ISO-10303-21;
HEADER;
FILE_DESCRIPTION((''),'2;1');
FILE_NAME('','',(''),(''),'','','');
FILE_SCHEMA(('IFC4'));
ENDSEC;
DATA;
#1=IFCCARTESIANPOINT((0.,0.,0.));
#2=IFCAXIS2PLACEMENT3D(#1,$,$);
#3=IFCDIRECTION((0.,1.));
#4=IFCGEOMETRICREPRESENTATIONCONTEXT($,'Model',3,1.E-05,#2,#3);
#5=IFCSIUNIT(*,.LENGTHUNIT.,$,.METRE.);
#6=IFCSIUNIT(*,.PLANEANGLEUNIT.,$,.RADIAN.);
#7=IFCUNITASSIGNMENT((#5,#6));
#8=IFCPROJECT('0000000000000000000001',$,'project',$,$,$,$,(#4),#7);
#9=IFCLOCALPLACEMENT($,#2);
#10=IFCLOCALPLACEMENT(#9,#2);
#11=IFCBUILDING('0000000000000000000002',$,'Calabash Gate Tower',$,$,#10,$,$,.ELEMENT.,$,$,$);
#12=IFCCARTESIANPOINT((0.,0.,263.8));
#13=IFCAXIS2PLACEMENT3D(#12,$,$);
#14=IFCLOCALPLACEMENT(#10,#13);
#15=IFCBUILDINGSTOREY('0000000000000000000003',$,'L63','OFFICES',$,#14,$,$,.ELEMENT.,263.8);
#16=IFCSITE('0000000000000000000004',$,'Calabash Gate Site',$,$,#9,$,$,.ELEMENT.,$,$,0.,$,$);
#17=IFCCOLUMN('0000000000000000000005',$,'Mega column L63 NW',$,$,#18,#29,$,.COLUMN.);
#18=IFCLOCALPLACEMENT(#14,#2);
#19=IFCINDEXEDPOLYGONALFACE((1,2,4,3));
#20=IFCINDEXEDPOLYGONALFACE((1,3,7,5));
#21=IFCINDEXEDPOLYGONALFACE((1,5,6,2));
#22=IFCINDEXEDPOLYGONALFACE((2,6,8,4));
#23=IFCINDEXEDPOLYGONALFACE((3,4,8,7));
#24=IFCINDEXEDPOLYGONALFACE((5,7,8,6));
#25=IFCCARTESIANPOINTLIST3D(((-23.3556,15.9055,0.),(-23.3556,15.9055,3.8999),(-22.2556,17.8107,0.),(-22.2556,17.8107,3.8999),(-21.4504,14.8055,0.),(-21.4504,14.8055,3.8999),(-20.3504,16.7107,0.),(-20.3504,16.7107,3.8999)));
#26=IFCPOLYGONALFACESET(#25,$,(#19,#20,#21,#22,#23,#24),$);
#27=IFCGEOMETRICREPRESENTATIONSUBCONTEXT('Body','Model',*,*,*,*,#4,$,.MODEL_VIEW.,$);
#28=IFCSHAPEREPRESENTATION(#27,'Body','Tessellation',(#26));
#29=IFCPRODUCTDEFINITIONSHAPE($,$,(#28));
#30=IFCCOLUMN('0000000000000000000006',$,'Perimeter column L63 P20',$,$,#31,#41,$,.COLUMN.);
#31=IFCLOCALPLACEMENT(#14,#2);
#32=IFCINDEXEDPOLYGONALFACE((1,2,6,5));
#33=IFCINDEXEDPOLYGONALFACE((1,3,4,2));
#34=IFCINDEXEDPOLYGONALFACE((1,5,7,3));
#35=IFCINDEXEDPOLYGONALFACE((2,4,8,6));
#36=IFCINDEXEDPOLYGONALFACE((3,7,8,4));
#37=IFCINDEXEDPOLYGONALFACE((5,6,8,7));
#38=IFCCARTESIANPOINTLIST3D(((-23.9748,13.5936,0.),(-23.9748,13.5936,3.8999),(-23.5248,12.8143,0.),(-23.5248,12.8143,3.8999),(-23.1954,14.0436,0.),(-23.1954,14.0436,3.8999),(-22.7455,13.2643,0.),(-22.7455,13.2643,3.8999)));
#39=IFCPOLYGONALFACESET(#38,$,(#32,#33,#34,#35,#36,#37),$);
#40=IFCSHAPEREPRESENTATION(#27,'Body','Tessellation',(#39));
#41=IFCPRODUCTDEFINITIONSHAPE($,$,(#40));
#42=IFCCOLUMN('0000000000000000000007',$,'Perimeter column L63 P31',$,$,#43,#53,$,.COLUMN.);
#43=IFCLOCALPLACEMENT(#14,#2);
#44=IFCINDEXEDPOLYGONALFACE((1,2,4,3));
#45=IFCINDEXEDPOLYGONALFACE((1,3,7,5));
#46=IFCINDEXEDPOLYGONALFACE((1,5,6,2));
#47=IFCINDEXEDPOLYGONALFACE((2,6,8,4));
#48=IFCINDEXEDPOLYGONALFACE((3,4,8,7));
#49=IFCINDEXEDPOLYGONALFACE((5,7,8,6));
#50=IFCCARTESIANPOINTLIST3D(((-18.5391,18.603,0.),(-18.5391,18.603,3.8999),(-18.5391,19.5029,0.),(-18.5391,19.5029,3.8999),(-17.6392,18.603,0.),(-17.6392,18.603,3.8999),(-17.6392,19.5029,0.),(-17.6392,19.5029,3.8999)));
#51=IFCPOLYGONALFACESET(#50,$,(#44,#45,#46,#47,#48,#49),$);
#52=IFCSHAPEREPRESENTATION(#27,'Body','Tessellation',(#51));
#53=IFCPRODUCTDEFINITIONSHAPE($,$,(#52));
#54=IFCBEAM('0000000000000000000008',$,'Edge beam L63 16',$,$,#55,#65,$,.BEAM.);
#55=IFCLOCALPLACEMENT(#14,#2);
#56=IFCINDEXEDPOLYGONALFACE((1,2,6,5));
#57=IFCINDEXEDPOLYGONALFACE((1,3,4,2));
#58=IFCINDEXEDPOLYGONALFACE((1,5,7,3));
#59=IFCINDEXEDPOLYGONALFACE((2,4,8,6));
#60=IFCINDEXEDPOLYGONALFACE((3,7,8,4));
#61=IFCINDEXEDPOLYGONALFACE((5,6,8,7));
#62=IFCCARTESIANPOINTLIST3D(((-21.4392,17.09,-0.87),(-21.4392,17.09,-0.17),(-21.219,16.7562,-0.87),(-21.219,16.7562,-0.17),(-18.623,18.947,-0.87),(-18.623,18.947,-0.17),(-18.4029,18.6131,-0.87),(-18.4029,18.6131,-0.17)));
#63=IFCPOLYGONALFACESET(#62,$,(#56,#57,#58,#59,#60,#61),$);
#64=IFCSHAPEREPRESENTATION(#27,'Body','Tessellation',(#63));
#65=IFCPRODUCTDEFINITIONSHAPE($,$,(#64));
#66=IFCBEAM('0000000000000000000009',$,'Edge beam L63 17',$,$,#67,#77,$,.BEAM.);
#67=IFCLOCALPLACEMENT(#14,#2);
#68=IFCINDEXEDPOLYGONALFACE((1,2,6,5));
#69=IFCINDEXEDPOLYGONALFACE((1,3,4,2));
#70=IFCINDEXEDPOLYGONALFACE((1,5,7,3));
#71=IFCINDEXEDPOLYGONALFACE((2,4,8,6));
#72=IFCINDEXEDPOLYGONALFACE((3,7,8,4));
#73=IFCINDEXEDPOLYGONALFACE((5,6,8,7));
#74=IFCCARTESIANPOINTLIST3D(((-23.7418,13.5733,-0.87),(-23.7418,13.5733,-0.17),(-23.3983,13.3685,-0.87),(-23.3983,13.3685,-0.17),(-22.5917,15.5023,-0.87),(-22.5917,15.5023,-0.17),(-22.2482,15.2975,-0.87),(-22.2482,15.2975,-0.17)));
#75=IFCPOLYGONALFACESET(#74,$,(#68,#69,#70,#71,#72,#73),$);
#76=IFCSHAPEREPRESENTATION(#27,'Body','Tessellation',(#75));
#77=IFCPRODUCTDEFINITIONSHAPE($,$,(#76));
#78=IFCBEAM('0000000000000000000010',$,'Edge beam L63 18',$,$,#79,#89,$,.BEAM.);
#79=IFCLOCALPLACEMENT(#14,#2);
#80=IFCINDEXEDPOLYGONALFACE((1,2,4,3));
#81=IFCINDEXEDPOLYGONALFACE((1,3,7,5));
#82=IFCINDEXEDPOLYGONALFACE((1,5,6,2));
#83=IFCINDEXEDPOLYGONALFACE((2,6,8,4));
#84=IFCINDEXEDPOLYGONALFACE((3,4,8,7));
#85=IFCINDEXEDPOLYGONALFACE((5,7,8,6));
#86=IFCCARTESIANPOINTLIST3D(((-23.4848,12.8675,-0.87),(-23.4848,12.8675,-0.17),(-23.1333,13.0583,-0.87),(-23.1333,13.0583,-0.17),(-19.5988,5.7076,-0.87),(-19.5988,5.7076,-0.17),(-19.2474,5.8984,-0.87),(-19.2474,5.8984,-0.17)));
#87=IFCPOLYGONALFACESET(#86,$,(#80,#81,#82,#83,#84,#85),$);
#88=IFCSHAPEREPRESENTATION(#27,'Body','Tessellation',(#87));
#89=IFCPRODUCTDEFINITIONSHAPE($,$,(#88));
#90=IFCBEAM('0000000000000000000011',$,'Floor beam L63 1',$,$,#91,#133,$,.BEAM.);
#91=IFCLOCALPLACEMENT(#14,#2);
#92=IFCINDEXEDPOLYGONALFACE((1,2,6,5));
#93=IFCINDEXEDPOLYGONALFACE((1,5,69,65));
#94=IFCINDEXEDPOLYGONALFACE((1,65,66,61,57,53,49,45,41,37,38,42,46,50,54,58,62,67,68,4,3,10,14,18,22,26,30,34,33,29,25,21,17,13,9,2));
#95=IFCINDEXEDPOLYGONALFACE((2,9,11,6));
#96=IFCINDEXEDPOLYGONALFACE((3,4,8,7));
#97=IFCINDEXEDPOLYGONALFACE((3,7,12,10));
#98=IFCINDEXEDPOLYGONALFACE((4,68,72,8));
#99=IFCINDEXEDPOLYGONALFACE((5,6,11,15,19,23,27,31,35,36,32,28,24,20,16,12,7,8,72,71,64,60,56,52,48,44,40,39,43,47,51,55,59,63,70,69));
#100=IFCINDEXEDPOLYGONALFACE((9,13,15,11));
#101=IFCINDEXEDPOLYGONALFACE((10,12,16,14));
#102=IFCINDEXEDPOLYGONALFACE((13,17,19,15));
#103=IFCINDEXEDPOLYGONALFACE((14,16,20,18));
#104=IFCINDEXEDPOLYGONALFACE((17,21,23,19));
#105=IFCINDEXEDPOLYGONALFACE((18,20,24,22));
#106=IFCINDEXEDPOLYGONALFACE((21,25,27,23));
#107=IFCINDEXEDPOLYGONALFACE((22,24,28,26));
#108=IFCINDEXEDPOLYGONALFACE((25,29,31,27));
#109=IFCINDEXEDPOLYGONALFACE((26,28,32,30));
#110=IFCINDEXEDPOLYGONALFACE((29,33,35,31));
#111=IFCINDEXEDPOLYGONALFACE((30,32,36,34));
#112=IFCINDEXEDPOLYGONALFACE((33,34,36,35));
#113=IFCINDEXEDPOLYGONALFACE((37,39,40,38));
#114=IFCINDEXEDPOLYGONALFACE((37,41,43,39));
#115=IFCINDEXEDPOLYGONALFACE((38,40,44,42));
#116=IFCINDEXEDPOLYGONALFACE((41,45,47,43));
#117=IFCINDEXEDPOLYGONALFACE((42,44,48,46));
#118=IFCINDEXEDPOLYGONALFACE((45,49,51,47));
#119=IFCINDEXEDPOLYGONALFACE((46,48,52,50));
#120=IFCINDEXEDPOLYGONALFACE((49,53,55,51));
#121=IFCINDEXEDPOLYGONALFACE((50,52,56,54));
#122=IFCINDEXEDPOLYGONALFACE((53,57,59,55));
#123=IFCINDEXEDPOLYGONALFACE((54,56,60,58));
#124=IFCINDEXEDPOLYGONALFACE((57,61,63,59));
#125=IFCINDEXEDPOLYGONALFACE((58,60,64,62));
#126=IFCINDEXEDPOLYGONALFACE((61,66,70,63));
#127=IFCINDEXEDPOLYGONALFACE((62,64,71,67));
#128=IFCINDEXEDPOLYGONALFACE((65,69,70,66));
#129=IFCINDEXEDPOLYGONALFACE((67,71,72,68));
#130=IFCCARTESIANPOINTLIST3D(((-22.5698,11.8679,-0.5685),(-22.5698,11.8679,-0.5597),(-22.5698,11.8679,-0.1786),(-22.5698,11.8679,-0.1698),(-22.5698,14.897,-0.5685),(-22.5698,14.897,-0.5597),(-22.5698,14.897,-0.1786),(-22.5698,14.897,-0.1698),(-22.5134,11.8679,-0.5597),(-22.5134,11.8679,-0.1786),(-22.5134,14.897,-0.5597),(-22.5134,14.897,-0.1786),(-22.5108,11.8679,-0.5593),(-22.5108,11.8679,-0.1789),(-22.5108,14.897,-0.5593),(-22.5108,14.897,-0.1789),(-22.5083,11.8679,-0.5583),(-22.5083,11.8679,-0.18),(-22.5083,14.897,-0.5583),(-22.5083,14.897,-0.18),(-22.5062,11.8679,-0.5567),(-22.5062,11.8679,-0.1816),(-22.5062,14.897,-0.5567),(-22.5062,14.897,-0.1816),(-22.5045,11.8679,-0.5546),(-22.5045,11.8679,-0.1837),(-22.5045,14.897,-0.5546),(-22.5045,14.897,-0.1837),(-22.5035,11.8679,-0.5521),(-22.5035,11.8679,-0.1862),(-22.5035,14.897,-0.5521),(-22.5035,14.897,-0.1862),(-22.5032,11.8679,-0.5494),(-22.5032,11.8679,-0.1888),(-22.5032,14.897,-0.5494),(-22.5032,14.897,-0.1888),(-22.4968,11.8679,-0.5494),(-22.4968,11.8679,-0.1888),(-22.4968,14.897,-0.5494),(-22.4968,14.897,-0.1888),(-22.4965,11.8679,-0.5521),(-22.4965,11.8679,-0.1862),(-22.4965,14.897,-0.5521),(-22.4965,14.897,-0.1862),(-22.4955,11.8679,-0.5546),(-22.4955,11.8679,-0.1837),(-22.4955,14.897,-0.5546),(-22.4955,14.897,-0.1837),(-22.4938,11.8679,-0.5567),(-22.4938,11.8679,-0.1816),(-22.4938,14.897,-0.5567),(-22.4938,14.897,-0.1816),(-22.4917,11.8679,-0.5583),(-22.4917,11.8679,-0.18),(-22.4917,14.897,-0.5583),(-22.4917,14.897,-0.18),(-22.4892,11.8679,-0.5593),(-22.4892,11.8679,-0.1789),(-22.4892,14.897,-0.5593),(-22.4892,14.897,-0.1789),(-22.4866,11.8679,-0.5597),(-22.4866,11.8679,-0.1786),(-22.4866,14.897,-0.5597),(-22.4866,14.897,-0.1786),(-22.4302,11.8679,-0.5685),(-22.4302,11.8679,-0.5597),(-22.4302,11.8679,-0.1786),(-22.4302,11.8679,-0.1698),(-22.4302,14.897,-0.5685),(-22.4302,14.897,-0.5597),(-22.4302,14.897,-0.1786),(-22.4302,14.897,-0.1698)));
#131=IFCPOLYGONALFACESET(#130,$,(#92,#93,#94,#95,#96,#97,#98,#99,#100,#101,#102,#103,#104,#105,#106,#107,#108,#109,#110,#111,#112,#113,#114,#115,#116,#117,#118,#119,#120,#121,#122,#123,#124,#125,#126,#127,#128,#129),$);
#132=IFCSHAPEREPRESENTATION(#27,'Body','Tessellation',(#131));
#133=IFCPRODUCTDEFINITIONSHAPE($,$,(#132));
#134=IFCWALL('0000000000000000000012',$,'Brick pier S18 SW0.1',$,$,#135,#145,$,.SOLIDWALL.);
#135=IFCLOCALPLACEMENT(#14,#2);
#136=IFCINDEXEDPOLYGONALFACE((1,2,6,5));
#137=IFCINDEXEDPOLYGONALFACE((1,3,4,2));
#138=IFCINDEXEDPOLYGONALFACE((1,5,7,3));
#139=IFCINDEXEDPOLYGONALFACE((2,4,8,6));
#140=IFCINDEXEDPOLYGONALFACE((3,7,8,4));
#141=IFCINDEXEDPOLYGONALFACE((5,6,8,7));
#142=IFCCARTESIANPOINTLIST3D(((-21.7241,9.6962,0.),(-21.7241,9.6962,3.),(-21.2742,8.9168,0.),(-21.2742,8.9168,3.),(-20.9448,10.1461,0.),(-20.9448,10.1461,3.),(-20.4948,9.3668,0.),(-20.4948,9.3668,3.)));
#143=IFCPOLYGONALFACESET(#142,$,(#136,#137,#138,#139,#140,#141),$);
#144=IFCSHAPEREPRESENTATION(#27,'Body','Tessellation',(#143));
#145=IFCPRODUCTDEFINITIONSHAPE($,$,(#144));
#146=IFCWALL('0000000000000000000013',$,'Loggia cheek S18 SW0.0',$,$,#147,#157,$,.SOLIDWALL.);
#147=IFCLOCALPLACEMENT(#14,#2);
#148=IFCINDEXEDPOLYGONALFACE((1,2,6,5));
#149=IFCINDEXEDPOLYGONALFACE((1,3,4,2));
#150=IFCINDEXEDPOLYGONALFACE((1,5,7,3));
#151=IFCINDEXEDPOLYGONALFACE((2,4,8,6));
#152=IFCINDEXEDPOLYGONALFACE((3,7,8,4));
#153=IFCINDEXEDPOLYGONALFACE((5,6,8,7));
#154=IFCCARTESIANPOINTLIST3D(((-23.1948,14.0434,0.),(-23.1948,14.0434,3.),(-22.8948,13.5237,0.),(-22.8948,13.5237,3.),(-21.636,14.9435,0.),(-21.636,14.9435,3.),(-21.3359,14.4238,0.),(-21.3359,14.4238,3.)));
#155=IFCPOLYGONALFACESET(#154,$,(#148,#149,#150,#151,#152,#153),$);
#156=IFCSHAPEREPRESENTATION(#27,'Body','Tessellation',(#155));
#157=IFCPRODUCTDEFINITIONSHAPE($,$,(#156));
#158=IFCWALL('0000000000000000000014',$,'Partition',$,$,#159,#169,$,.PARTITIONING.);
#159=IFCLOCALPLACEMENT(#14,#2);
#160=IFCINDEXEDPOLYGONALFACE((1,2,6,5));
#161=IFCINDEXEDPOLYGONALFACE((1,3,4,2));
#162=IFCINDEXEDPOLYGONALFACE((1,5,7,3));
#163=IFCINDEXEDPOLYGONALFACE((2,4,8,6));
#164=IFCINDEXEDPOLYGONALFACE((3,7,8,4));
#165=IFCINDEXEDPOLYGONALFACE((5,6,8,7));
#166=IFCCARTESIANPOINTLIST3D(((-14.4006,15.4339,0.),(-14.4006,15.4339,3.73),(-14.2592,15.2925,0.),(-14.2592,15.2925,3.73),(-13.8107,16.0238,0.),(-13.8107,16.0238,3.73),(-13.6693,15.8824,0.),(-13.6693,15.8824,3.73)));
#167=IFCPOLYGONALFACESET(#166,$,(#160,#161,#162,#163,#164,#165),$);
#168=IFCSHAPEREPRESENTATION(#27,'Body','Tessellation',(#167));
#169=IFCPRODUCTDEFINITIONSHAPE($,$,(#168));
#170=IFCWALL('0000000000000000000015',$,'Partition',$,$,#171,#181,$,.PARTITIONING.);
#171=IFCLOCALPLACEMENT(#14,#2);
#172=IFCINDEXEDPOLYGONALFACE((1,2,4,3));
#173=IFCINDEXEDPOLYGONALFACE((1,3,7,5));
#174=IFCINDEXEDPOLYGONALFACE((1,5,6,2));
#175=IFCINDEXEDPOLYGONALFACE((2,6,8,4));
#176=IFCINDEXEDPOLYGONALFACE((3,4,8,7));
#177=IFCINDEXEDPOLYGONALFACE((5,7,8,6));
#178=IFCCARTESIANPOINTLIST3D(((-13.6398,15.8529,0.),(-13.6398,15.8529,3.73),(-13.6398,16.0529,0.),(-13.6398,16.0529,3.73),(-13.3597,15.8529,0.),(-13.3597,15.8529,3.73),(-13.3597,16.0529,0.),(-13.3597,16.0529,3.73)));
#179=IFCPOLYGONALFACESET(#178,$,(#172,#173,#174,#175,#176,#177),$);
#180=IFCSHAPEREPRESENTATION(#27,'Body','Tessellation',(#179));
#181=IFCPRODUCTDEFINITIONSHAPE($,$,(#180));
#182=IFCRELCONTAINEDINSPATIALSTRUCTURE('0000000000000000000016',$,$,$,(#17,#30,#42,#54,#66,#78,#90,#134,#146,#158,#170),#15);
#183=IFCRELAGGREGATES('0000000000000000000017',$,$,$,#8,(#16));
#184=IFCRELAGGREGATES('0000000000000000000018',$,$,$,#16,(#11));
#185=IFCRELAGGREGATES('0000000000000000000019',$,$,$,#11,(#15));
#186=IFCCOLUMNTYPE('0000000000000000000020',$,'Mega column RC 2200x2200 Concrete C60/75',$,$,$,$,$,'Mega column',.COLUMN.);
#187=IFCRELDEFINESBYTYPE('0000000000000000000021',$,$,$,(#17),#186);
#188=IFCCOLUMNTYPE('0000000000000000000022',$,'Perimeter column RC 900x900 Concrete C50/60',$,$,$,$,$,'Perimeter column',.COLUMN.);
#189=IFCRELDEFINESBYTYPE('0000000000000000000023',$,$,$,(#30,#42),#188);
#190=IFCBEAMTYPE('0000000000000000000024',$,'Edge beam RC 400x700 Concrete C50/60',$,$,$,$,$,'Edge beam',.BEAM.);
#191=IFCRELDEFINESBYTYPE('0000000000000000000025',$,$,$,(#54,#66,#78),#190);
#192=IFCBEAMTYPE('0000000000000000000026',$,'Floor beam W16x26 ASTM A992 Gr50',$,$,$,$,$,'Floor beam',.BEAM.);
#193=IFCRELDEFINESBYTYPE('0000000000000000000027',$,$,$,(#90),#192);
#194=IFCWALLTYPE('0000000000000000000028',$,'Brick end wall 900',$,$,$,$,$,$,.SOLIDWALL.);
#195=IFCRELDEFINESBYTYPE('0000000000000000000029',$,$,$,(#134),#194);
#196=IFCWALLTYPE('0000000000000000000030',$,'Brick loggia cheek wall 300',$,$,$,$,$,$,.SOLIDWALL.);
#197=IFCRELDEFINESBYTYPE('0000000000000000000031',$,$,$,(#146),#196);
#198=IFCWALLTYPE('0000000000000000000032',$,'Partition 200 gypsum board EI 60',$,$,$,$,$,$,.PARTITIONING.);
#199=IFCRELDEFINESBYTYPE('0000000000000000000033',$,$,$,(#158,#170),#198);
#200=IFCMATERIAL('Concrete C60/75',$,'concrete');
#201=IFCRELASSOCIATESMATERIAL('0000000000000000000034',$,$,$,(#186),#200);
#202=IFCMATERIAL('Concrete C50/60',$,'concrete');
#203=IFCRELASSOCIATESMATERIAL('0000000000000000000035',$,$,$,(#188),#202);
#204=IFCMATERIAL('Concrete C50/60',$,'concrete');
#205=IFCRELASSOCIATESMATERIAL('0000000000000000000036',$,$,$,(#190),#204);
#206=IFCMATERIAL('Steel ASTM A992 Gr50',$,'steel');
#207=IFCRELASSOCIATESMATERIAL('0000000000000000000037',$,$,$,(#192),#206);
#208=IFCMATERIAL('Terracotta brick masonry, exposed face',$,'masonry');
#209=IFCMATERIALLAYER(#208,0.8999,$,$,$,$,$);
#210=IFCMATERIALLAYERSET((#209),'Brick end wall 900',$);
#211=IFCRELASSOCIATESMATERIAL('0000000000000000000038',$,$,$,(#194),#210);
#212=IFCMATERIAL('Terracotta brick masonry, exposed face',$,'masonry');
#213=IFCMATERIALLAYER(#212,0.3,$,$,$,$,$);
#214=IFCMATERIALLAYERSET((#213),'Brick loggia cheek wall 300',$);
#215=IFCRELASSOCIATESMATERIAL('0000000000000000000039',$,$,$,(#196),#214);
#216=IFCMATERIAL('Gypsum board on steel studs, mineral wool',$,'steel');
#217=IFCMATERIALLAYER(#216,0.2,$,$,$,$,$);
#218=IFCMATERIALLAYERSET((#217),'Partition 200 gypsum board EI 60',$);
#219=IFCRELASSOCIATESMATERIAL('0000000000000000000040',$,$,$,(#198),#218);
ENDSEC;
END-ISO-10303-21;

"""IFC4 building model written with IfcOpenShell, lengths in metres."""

from ifc_helpers import new_model, si_unit, direction, frame, frame_2d, origin, origin_2d, place, context, subcontext, project, spatial, rectangle, i_section, extrude, material, layer, layer_set, material_profile, profile_set, type_object, element, save


model = new_model("IFC4")

# Units and contexts
model_context = context("Model", 3, precision=1e-05, world=origin(), true_north=direction((0.0, 1.0)))
body_context = subcontext(model_context, "Body", "Model", "MODEL_VIEW")
ifc_project = project(units=[si_unit("LENGTHUNIT", "METRE"), si_unit("PLANEANGLEUNIT", "RADIAN")], contexts=[model_context])

# Site, building, storey
site_placement = place(None, origin())
site = spatial("IfcSite", under=ifc_project, at=site_placement, Name="Calabash Gate Site", CompositionType="ELEMENT", RefElevation=0.0)
building_placement = place(site_placement, origin())
building = spatial("IfcBuilding", under=site, at=building_placement, Name="Calabash Gate Tower", CompositionType="ELEMENT")
storey_placement = place(building_placement, frame((0.0, 0.0, 263.8)))
storey = spatial("IfcBuildingStorey", under=building, at=storey_placement, Name="L63", Description="OFFICES", CompositionType="ELEMENT", Elevation=263.8)

# Columns
ifc_material_1 = material(Name="Concrete C60/75", Category="concrete")
ifc_material_profile_1 = material_profile(ifc_material_1, rectangle(XDim=2.2, YDim=2.2, at=origin_2d()))
ifc_profile_set_1 = profile_set([ifc_material_profile_1], Name="Concrete C60/75")
column_type_1 = type_object("IfcColumnType", Name="Mega column RC 2200x2200 Concrete C60/75", ElementType="Mega column", PredefinedType="COLUMN", material=ifc_profile_set_1)
column_placement = place(storey_placement, frame((-21.853, 16.3081, 0.0), z_axis=(0.0, 0.0, 1.0), x_axis=(0.866025, -0.5, 0.0)))
element("IfcColumn", 1, at=column_placement, inside=storey, type_object=column_type_1, Name="Mega column L63 NW", PredefinedType="COLUMN", context=body_context, shape_type="SweptSolid", body=[
    extrude(rectangle(XDim=2.2, YDim=2.2, at=origin_2d()), origin(), (0.0, 0.0, 1.0), 3.8999),
])
ifc_material_2 = material(Name="Concrete C50/60", Category="concrete")
ifc_material_profile_2 = material_profile(ifc_material_2, rectangle(XDim=0.8999, YDim=0.8999, at=origin_2d()))
ifc_profile_set_2 = profile_set([ifc_material_profile_2], Name="Concrete C50/60")
column_type_2 = type_object("IfcColumnType", Name="Perimeter column RC 900x900 Concrete C50/60", ElementType="Perimeter column", PredefinedType="COLUMN", material=ifc_profile_set_2)
for number, where, z_axis, x_axis, name in (
    (2, (-23.3601, 13.429, 0.0), (0.0, 0.0, 1.0), (0.5, -0.866025, 0.0), "Perimeter column L63 P20"),
    (3, (-18.0891, 19.053, 0.0), (0.0, 0.0, 1.0), (-1.0, 0.0, 0.0), "Perimeter column L63 P31"),
):
    element("IfcColumn", number, at=place(storey_placement, frame(where, z_axis=z_axis, x_axis=x_axis)), inside=storey, type_object=column_type_2, Name=name, PredefinedType="COLUMN", context=body_context, shape_type="SweptSolid", body=[
        extrude(rectangle(XDim=0.8999, YDim=0.8999, at=origin_2d()), origin(), (0.0, 0.0, 1.0), 3.8999),
    ])

# Beams
ifc_material_3 = material(Name="Concrete C50/60", Category="concrete")
ifc_material_profile_3 = material_profile(ifc_material_3, rectangle(XDim=0.3999, YDim=0.7, at=origin_2d()))
ifc_profile_set_3 = profile_set([ifc_material_profile_3], Name="Concrete C50/60")
beam_type_1 = type_object("IfcBeamType", Name="Edge beam RC 400x700 Concrete C50/60", ElementType="Edge beam", PredefinedType="BEAM", material=ifc_profile_set_3)
beam_1_placement = place(storey_placement, frame((-18.5129, 18.78, -0.52), z_axis=(-0.834846, -0.550484, 0.0), x_axis=(0.550484, -0.834846, 0.0)))
element("IfcBeam", 4, at=beam_1_placement, inside=storey, type_object=beam_type_1, Name="Edge beam L63 16", PredefinedType="BEAM", context=body_context, shape_type="SweptSolid", body=[
    extrude(rectangle(XDim=0.3999, YDim=0.7, at=origin_2d()), origin(), (0.0, 0.0, 1.0), 3.3733),
])
beam_2_placement = place(storey_placement, frame((-22.4199, 15.3999, -0.52), z_axis=(-0.512128, -0.858909, 0.0), x_axis=(0.858909, -0.512128, 0.0)))
element("IfcBeam", 5, at=beam_2_placement, inside=storey, type_object=beam_type_1, Name="Edge beam L63 17", PredefinedType="BEAM", context=body_context, shape_type="SweptSolid", body=[
    extrude(rectangle(XDim=0.3999, YDim=0.7, at=origin_2d()), origin(), (0.0, 0.0, 1.0), 2.2458),
])
beam_3_placement = place(storey_placement, frame((-23.3091, 12.9629, -0.52), z_axis=(0.477014, -0.878896, 0.0), x_axis=(0.878896, 0.477014, 0.0)))
element("IfcBeam", 6, at=beam_3_placement, inside=storey, type_object=beam_type_1, Name="Edge beam L63 18", PredefinedType="BEAM", context=body_context, shape_type="SweptSolid", body=[
    extrude(rectangle(XDim=0.3999, YDim=0.7, at=origin_2d()), origin(), (0.0, 0.0, 1.0), 8.1465),
])
ifc_material_4 = material(Name="Steel ASTM A992 Gr50", Category="steel")
ifc_material_profile_4 = material_profile(ifc_material_4, i_section(OverallWidth=0.1396, OverallDepth=0.3987, WebThickness=0.0063, FlangeThickness=0.0088, FilletRadius=0.0103, at=origin_2d()))
ifc_profile_set_4 = profile_set([ifc_material_profile_4], Name="Steel ASTM A992 Gr50")
beam_type_2 = type_object("IfcBeamType", Name="Floor beam W16x26 ASTM A992 Gr50", ElementType="Floor beam", PredefinedType="BEAM", material=ifc_profile_set_4)
beam_4_placement = place(storey_placement, frame((-22.5, 11.8679, -0.3691), z_axis=(0.0, 1.0, 0.0), x_axis=(-1.0, 0.0, 0.0)))
element("IfcBeam", 7, at=beam_4_placement, inside=storey, type_object=beam_type_2, Name="Floor beam L63 1", PredefinedType="BEAM", context=body_context, shape_type="SweptSolid", body=[
    extrude(i_section(OverallWidth=0.1396, OverallDepth=0.3987, WebThickness=0.0063, FlangeThickness=0.0088, FilletRadius=0.0103, at=origin_2d()), origin(), (0.0, 0.0, 1.0), 3.0291),
])

# Walls
ifc_material_5 = material(Name="Terracotta brick masonry, exposed face", Category="masonry")
ifc_layer_1 = layer(ifc_material_5, 0.8999)
ifc_layer_set_1 = layer_set([ifc_layer_1], Name="Brick end wall 900")
wall_type_1 = type_object("IfcWallType", Name="Brick end wall 900", PredefinedType="SOLIDWALL", material=ifc_layer_set_1)
wall_1_placement = place(storey_placement, frame((-21.3345, 9.9211, 0.0), z_axis=(0.0, 0.0, 1.0), x_axis=(0.50002, -0.866014, 0.0)))
element("IfcWall", 8, at=wall_1_placement, inside=storey, type_object=wall_type_1, Name="Brick pier S18 SW0.1", PredefinedType="SOLIDWALL", context=body_context, shape_type="SweptSolid", body=[
    extrude(rectangle(XDim=0.8999, YDim=0.8999, at=frame_2d((0.45, 0.0))), origin(), (0.0, 0.0, 1.0), 3.0),
])
ifc_material_6 = material(Name="Terracotta brick masonry, exposed face", Category="masonry")
ifc_layer_2 = layer(ifc_material_6, 0.3)
ifc_layer_set_2 = layer_set([ifc_layer_2], Name="Brick loggia cheek wall 300")
wall_type_2 = type_object("IfcWallType", Name="Brick loggia cheek wall 300", PredefinedType="SOLIDWALL", material=ifc_layer_set_2)
wall_2_placement = place(storey_placement, frame((-21.4861, 14.6836, 0.0), z_axis=(0.0, 0.0, 1.0), x_axis=(-0.865989, -0.500063, 0.0)))
element("IfcWall", 9, at=wall_2_placement, inside=storey, type_object=wall_type_2, Name="Loggia cheek S18 SW0.0", PredefinedType="SOLIDWALL", context=body_context, shape_type="SweptSolid", body=[
    extrude(rectangle(XDim=1.8, YDim=0.6001, at=frame_2d((0.8999, 0.0))), origin(), (0.0, 0.0, 1.0), 3.0),
])
ifc_material_7 = material(Name="Gypsum board on steel studs, mineral wool", Category="steel")
ifc_layer_3 = layer(ifc_material_7, 0.2)
ifc_layer_set_3 = layer_set([ifc_layer_3], Name="Partition 200 gypsum board EI 60")
wall_type_3 = type_object("IfcWallType", Name="Partition 200 gypsum board EI 60", PredefinedType="PARTITIONING", material=ifc_layer_set_3)
wall_3_placement = place(storey_placement, frame((-14.3298, 15.3633, 0.0), z_axis=(0.0, 0.0, 1.0), x_axis=(0.707107, 0.707107, 0.0)))
element("IfcWall", 10, at=wall_3_placement, inside=storey, type_object=wall_type_3, Name="Partition", PredefinedType="PARTITIONING", context=body_context, shape_type="SweptSolid", body=[
    extrude(rectangle(XDim=0.8342, YDim=0.2, at=frame_2d((0.417, 0.0))), origin(), (0.0, 0.0, 1.0), 3.73),
])
wall_4_placement = place(storey_placement, frame((-13.6399, 15.9529, 0.0), z_axis=(0.0, 0.0, 1.0), x_axis=(1.0, 0.0, 0.0)))
element("IfcWall", 11, at=wall_4_placement, inside=storey, type_object=wall_type_3, Name="Partition", PredefinedType="PARTITIONING", context=body_context, shape_type="SweptSolid", body=[
    extrude(rectangle(XDim=0.28, YDim=0.2, at=frame_2d((0.1401, 0.0))), origin(), (0.0, 0.0, 1.0), 3.73),
])

save(model, "model.ifc")
